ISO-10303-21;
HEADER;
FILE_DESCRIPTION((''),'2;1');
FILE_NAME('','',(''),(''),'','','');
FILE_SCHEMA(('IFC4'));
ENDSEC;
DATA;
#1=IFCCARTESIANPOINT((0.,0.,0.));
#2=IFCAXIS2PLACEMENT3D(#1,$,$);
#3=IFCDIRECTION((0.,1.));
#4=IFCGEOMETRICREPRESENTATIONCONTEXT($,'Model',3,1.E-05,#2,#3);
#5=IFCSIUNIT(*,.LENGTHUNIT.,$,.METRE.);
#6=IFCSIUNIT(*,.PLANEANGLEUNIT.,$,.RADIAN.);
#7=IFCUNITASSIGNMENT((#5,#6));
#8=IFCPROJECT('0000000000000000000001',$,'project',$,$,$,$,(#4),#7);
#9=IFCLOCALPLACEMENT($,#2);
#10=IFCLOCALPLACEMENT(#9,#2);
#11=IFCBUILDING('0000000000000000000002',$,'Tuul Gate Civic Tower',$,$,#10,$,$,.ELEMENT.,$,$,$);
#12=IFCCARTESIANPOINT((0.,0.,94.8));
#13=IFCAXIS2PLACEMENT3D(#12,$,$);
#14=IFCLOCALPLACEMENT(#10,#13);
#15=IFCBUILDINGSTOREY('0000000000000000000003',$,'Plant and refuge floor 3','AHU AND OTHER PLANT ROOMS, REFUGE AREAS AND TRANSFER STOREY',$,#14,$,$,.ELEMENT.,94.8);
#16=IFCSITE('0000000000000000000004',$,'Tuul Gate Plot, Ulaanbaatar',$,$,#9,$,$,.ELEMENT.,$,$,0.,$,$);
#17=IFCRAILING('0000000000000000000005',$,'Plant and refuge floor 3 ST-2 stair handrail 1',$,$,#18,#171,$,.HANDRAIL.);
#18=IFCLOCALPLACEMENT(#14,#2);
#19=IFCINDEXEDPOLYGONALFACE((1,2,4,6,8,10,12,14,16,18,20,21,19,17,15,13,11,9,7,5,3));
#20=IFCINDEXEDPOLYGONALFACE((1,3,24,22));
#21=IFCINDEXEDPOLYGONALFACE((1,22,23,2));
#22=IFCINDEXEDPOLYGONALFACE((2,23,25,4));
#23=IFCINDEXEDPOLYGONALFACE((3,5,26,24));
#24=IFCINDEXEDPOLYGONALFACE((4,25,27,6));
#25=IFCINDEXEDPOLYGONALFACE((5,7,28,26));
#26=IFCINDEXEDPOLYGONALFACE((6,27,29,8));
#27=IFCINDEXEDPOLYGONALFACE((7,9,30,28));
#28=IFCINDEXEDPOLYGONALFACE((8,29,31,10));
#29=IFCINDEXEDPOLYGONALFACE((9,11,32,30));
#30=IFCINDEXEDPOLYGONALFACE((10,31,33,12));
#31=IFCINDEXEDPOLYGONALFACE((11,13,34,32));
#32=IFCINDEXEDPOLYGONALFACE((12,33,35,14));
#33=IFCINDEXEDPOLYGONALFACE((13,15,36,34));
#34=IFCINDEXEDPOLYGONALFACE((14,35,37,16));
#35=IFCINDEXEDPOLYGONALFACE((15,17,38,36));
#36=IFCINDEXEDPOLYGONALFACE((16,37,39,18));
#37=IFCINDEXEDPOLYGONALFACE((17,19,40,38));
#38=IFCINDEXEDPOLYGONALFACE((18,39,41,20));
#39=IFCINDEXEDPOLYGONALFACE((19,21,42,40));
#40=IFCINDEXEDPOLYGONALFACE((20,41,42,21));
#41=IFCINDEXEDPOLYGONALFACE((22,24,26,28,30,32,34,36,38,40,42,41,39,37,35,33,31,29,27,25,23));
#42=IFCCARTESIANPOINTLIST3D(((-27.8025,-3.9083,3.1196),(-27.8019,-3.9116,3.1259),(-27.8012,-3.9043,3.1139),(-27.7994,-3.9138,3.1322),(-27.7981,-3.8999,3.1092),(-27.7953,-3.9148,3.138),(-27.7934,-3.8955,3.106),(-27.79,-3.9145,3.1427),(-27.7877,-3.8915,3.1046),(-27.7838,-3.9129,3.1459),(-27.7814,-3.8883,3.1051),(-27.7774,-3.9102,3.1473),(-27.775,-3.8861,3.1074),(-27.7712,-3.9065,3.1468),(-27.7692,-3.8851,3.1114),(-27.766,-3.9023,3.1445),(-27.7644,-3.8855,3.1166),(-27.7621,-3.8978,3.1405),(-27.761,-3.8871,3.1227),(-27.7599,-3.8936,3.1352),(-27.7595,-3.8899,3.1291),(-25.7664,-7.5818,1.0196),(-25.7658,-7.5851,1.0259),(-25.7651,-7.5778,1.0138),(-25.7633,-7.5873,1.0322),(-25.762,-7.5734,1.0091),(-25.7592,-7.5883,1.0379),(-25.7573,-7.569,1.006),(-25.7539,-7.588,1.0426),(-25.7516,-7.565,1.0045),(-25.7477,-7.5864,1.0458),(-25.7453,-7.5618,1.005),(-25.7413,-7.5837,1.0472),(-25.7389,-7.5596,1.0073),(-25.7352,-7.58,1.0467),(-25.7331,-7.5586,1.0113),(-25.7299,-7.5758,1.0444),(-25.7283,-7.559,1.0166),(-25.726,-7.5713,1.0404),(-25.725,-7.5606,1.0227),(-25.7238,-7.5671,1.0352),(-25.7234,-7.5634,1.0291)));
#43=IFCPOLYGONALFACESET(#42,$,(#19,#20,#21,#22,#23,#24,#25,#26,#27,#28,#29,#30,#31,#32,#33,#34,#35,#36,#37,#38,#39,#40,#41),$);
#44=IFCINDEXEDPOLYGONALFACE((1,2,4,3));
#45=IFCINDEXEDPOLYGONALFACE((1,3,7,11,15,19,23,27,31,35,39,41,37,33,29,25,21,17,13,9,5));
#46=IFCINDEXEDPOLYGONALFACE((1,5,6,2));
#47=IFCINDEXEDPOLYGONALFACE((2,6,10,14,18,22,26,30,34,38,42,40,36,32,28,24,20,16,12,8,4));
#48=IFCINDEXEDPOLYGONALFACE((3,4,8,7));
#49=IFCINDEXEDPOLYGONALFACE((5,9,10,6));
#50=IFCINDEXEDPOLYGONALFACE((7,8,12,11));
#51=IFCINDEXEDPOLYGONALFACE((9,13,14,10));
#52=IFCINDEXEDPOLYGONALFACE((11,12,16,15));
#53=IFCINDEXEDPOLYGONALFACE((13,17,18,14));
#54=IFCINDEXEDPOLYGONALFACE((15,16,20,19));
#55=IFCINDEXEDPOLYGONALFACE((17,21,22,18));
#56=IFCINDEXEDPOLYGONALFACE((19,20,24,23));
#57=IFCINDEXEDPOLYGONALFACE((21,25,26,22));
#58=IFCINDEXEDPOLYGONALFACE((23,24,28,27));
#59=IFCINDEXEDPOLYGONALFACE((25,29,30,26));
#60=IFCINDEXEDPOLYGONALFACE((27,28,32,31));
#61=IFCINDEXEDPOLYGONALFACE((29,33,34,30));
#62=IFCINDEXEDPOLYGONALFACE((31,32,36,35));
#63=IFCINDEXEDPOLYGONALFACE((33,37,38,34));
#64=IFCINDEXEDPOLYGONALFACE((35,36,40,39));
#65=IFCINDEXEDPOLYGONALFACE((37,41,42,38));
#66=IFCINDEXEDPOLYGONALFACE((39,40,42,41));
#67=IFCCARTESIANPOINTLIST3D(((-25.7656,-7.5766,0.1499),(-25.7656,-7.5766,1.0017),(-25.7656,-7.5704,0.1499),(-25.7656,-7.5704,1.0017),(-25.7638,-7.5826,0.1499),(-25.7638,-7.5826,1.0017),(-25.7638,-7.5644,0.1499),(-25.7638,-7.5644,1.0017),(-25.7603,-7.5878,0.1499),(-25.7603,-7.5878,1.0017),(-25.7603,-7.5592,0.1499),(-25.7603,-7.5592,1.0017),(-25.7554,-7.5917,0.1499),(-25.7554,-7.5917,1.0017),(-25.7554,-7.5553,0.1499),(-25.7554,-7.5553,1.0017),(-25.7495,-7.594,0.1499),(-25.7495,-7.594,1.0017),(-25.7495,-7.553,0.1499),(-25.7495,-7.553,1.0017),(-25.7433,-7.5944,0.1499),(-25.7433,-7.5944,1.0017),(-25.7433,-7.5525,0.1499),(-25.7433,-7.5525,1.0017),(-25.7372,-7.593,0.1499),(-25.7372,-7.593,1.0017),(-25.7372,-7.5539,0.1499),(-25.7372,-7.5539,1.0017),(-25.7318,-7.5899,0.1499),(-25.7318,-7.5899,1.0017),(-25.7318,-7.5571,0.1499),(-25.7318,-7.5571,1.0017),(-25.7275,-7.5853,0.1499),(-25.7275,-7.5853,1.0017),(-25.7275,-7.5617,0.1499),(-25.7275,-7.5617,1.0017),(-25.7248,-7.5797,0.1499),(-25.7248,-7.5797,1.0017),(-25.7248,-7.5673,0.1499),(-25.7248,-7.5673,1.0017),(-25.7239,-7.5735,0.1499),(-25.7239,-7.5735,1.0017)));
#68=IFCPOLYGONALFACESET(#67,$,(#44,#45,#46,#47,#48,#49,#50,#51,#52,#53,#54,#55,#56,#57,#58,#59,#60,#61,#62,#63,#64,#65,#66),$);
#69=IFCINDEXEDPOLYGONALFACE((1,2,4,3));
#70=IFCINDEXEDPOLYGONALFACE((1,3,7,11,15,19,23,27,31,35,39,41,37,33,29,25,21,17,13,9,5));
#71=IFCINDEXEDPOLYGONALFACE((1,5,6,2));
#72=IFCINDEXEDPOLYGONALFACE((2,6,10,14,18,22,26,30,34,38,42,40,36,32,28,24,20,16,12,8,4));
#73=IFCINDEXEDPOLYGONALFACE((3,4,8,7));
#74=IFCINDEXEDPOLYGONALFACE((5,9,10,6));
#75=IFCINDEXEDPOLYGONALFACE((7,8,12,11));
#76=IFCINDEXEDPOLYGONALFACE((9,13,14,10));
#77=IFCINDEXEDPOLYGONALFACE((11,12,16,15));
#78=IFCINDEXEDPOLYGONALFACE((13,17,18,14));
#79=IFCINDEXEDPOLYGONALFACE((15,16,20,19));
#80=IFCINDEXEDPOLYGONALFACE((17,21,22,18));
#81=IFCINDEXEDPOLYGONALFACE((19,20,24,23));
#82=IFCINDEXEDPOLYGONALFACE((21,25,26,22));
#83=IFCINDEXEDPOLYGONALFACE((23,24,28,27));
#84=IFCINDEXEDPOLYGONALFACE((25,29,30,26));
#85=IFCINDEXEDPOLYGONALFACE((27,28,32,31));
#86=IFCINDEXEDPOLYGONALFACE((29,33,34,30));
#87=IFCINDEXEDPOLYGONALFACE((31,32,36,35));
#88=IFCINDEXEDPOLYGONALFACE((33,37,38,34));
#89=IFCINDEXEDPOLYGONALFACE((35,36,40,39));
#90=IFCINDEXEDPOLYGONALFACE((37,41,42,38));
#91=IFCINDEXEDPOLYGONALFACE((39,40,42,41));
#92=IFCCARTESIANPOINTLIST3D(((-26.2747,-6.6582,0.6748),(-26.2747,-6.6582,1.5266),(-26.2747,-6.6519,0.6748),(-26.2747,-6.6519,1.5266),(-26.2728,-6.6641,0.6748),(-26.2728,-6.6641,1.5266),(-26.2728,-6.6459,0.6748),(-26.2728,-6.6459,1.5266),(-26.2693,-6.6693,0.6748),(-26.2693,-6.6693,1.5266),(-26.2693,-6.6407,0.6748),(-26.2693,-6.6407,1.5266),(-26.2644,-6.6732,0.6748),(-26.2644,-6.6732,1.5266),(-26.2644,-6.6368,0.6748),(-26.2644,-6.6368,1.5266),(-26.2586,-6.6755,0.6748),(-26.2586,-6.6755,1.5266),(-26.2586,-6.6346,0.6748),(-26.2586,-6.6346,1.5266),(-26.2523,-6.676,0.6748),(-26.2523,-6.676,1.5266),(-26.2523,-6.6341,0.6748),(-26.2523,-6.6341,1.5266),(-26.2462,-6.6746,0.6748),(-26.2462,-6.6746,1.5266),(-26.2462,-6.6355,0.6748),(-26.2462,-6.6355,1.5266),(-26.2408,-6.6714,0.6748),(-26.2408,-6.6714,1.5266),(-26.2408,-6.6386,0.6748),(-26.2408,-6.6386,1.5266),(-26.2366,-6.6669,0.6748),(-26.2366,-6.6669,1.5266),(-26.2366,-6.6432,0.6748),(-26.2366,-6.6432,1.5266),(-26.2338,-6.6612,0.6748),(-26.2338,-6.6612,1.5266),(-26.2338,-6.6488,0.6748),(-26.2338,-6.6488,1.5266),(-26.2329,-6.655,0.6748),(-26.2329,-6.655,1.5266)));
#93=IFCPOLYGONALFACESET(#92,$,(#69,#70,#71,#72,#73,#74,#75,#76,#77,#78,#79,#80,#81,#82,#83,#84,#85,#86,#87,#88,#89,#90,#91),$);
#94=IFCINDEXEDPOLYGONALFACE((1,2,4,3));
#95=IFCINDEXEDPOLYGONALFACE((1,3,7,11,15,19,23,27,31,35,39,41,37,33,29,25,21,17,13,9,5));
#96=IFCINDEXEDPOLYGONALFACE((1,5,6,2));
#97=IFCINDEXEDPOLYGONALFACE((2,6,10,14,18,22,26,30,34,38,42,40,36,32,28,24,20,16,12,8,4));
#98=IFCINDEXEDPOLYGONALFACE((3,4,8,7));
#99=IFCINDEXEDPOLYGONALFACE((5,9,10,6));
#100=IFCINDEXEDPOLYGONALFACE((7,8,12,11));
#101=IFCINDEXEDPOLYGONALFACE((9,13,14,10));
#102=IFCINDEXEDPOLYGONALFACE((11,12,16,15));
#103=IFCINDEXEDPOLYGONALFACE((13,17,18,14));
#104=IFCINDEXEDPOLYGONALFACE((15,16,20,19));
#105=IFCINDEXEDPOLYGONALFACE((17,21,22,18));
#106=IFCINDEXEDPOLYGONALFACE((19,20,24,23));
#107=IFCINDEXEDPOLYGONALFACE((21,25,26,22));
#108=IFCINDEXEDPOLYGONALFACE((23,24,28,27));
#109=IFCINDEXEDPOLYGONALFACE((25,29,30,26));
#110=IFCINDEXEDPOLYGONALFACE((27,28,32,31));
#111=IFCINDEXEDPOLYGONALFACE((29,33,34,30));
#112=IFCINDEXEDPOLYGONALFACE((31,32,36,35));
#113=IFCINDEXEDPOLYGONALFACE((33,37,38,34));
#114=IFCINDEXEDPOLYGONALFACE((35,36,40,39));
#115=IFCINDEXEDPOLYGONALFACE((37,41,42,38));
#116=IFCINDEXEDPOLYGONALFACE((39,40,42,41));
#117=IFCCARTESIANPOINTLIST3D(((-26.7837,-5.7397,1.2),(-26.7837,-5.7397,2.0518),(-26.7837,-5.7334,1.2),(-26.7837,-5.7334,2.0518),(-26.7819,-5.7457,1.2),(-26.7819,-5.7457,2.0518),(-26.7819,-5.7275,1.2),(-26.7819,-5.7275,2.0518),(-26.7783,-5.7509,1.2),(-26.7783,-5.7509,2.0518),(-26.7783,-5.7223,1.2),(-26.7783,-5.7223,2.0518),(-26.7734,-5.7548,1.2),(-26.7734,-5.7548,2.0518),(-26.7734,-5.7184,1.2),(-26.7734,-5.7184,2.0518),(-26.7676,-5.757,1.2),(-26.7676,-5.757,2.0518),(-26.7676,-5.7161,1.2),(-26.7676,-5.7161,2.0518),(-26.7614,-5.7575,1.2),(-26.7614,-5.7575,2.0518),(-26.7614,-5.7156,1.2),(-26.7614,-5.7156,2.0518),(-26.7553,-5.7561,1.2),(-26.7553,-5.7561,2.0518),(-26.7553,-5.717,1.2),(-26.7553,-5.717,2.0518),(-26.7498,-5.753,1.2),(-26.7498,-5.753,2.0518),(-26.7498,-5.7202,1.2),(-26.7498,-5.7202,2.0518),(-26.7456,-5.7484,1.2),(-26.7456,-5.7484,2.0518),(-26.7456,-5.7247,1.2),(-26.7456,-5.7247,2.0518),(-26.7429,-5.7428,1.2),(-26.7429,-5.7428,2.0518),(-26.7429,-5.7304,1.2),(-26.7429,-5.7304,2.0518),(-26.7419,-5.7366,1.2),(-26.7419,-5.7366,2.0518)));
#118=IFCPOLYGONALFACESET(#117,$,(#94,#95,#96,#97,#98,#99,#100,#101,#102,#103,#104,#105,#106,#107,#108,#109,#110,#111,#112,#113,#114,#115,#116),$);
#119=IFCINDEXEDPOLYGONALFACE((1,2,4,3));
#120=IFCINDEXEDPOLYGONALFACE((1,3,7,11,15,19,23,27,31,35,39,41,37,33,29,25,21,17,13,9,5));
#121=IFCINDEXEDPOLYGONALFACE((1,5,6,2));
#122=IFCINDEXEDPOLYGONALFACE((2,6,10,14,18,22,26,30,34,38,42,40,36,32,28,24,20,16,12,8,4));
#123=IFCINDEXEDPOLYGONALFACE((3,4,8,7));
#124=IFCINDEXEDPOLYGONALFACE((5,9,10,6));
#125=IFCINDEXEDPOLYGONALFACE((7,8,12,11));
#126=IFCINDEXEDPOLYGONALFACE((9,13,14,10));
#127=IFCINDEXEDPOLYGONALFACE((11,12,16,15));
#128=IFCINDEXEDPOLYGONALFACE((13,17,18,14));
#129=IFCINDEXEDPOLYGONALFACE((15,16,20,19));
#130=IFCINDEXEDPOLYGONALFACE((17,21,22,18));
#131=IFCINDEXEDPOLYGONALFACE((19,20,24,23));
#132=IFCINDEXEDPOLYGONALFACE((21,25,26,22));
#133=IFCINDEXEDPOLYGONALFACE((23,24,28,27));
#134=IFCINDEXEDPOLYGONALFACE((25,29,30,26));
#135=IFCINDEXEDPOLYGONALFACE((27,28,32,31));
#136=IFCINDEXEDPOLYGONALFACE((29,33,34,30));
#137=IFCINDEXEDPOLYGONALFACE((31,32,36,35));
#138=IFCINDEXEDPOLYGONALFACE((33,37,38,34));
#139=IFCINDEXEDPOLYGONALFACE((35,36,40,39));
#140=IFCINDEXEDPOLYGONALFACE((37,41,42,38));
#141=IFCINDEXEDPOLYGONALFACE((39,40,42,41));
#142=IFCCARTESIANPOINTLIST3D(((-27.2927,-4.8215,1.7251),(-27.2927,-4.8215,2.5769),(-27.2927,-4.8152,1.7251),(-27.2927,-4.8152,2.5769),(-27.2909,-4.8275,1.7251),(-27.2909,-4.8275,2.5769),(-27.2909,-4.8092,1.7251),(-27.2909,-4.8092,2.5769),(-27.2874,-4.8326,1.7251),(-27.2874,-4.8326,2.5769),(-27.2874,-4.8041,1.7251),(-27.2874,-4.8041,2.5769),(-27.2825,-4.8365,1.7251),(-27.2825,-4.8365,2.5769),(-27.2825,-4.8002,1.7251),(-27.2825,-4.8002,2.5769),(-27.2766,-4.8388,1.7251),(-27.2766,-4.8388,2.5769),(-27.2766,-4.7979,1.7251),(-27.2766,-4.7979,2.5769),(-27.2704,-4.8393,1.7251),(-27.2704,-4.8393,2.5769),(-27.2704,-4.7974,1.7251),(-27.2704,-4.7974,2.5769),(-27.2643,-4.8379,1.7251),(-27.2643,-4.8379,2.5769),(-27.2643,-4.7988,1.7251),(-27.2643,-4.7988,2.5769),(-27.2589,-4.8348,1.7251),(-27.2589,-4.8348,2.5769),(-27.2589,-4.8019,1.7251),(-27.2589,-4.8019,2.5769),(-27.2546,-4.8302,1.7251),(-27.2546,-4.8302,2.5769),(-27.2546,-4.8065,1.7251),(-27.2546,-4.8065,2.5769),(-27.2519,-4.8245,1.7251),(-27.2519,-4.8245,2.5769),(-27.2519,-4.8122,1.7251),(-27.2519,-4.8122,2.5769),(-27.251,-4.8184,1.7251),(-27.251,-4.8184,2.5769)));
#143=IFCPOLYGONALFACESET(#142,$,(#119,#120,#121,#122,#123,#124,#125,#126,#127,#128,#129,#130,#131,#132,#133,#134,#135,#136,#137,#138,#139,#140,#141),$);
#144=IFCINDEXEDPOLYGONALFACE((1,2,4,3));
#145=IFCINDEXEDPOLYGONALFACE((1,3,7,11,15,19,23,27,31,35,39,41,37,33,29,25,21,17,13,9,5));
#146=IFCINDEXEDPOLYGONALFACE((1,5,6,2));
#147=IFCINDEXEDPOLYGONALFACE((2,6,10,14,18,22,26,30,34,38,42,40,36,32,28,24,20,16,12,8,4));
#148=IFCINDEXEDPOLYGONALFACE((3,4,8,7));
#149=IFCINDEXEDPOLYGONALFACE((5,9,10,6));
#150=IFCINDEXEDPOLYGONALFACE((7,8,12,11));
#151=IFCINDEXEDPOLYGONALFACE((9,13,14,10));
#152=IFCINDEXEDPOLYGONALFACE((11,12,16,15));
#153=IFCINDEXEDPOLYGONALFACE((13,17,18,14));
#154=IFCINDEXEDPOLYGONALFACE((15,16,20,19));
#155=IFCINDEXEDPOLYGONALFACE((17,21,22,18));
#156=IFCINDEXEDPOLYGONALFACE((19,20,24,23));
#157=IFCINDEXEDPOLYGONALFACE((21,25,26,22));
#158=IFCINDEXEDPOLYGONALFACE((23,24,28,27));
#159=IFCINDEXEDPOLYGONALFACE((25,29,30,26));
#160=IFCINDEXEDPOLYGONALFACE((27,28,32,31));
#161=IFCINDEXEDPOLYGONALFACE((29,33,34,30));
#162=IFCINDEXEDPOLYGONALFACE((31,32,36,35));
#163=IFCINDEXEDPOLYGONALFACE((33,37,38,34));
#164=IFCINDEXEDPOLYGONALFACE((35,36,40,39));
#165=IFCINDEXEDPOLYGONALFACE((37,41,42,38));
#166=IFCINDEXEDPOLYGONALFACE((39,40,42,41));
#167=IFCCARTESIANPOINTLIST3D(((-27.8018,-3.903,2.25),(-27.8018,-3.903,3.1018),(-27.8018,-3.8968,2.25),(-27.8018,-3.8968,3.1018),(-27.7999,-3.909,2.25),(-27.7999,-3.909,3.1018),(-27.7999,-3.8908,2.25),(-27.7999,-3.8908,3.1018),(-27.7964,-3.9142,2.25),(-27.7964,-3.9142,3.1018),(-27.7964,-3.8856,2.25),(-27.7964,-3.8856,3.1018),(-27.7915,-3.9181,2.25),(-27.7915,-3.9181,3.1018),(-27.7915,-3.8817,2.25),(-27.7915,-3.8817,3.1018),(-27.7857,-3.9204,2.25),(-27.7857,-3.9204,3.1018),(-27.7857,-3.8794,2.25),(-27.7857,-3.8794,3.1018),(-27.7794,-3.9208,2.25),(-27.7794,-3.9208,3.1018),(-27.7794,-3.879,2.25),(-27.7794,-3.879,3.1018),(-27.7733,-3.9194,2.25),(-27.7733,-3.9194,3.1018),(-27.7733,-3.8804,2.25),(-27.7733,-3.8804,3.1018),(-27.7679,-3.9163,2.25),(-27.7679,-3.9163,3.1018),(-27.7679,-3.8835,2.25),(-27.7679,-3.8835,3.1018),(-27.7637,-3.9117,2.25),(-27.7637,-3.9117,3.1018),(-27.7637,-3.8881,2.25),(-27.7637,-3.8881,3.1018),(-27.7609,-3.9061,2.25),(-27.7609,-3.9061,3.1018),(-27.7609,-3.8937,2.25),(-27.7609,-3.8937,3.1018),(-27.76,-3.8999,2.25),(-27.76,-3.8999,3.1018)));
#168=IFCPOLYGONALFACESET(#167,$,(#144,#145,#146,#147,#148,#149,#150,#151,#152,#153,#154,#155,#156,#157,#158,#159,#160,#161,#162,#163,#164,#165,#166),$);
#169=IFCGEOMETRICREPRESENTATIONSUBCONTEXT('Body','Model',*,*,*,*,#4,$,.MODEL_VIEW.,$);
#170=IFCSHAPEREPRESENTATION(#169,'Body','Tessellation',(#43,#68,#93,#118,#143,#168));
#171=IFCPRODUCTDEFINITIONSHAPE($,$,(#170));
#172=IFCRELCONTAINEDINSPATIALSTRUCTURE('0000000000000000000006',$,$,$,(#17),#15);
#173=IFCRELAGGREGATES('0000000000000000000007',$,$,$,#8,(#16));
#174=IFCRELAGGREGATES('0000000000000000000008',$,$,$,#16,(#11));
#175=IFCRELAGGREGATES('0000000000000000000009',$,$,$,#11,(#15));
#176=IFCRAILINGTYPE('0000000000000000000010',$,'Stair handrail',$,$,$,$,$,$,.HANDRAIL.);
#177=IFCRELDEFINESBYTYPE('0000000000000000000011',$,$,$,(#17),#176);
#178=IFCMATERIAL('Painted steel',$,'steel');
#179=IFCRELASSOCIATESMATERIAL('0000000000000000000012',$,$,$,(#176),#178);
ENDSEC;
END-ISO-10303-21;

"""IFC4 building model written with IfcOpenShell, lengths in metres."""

from ifc_helpers import new_model, si_unit, direction, frame, origin, origin_2d, place, context, subcontext, project, spatial, circle, extrude, material, type_object, element, save


model = new_model("IFC4")

# Units and contexts
model_context = context("Model", 3, precision=1e-05, world=origin(), true_north=direction((0.0, 1.0)))
body_context = subcontext(model_context, "Body", "Model", "MODEL_VIEW")
ifc_project = project(units=[si_unit("LENGTHUNIT", "METRE"), si_unit("PLANEANGLEUNIT", "RADIAN")], contexts=[model_context])

# Site, building, storey
site_placement = place(None, origin())
site = spatial("IfcSite", under=ifc_project, at=site_placement, Name="Tuul Gate Plot, Ulaanbaatar", CompositionType="ELEMENT", RefElevation=0.0)
building_placement = place(site_placement, origin())
building = spatial("IfcBuilding", under=site, at=building_placement, Name="Tuul Gate Civic Tower", CompositionType="ELEMENT")
storey_placement = place(building_placement, frame((0.0, 0.0, 94.8)))
storey = spatial("IfcBuildingStorey", under=building, at=storey_placement, Name="Plant and refuge floor 3", Description="AHU AND OTHER PLANT ROOMS, REFUGE AREAS AND TRANSFER STOREY", CompositionType="ELEMENT", Elevation=94.8)

# Railing
ifc_material_1 = material(Name="Painted steel", Category="steel")
railing_type_1 = type_object("IfcRailingType", Name="Stair handrail", PredefinedType="HANDRAIL", material=ifc_material_1)
railing_1_placement = place(storey_placement, frame((-25.7449, -7.5735, 0.1499)))
element("IfcRailing", 1, at=railing_1_placement, inside=storey, type_object=railing_type_1, Name="Plant and refuge floor 3 ST-2 stair handrail 1", PredefinedType="HANDRAIL", context=body_context, shape_type="SweptSolid", body=[
    extrude(circle(Radius=0.0239, at=origin_2d()), frame((0.0, 0.0, 0.876), z_axis=(-0.433598, 0.782296, 0.44722), x_axis=(-0.874637, -0.484779, 0.0)), (0.0, 0.0, 1.0), 4.6958),
    extrude(circle(Radius=0.021, at=origin_2d()), origin(), (0.0, 0.0, 1.0), 0.8518),
    extrude(circle(Radius=0.021, at=origin_2d()), frame((-0.509, 0.9185, 0.5249)), (0.0, 0.0, 1.0), 0.8518),
    extrude(circle(Radius=0.021, at=origin_2d()), frame((-1.0181, 1.8369, 1.05)), (0.0, 0.0, 1.0), 0.8518),
    extrude(circle(Radius=0.021, at=origin_2d()), frame((-1.5271, 2.7551, 1.5752)), (0.0, 0.0, 1.0), 0.8518),
    extrude(circle(Radius=0.021, at=origin_2d()), frame((-2.0361, 3.6736, 2.1001)), (0.0, 0.0, 1.0), 0.8518),
])

save(model, "model.ifc")
